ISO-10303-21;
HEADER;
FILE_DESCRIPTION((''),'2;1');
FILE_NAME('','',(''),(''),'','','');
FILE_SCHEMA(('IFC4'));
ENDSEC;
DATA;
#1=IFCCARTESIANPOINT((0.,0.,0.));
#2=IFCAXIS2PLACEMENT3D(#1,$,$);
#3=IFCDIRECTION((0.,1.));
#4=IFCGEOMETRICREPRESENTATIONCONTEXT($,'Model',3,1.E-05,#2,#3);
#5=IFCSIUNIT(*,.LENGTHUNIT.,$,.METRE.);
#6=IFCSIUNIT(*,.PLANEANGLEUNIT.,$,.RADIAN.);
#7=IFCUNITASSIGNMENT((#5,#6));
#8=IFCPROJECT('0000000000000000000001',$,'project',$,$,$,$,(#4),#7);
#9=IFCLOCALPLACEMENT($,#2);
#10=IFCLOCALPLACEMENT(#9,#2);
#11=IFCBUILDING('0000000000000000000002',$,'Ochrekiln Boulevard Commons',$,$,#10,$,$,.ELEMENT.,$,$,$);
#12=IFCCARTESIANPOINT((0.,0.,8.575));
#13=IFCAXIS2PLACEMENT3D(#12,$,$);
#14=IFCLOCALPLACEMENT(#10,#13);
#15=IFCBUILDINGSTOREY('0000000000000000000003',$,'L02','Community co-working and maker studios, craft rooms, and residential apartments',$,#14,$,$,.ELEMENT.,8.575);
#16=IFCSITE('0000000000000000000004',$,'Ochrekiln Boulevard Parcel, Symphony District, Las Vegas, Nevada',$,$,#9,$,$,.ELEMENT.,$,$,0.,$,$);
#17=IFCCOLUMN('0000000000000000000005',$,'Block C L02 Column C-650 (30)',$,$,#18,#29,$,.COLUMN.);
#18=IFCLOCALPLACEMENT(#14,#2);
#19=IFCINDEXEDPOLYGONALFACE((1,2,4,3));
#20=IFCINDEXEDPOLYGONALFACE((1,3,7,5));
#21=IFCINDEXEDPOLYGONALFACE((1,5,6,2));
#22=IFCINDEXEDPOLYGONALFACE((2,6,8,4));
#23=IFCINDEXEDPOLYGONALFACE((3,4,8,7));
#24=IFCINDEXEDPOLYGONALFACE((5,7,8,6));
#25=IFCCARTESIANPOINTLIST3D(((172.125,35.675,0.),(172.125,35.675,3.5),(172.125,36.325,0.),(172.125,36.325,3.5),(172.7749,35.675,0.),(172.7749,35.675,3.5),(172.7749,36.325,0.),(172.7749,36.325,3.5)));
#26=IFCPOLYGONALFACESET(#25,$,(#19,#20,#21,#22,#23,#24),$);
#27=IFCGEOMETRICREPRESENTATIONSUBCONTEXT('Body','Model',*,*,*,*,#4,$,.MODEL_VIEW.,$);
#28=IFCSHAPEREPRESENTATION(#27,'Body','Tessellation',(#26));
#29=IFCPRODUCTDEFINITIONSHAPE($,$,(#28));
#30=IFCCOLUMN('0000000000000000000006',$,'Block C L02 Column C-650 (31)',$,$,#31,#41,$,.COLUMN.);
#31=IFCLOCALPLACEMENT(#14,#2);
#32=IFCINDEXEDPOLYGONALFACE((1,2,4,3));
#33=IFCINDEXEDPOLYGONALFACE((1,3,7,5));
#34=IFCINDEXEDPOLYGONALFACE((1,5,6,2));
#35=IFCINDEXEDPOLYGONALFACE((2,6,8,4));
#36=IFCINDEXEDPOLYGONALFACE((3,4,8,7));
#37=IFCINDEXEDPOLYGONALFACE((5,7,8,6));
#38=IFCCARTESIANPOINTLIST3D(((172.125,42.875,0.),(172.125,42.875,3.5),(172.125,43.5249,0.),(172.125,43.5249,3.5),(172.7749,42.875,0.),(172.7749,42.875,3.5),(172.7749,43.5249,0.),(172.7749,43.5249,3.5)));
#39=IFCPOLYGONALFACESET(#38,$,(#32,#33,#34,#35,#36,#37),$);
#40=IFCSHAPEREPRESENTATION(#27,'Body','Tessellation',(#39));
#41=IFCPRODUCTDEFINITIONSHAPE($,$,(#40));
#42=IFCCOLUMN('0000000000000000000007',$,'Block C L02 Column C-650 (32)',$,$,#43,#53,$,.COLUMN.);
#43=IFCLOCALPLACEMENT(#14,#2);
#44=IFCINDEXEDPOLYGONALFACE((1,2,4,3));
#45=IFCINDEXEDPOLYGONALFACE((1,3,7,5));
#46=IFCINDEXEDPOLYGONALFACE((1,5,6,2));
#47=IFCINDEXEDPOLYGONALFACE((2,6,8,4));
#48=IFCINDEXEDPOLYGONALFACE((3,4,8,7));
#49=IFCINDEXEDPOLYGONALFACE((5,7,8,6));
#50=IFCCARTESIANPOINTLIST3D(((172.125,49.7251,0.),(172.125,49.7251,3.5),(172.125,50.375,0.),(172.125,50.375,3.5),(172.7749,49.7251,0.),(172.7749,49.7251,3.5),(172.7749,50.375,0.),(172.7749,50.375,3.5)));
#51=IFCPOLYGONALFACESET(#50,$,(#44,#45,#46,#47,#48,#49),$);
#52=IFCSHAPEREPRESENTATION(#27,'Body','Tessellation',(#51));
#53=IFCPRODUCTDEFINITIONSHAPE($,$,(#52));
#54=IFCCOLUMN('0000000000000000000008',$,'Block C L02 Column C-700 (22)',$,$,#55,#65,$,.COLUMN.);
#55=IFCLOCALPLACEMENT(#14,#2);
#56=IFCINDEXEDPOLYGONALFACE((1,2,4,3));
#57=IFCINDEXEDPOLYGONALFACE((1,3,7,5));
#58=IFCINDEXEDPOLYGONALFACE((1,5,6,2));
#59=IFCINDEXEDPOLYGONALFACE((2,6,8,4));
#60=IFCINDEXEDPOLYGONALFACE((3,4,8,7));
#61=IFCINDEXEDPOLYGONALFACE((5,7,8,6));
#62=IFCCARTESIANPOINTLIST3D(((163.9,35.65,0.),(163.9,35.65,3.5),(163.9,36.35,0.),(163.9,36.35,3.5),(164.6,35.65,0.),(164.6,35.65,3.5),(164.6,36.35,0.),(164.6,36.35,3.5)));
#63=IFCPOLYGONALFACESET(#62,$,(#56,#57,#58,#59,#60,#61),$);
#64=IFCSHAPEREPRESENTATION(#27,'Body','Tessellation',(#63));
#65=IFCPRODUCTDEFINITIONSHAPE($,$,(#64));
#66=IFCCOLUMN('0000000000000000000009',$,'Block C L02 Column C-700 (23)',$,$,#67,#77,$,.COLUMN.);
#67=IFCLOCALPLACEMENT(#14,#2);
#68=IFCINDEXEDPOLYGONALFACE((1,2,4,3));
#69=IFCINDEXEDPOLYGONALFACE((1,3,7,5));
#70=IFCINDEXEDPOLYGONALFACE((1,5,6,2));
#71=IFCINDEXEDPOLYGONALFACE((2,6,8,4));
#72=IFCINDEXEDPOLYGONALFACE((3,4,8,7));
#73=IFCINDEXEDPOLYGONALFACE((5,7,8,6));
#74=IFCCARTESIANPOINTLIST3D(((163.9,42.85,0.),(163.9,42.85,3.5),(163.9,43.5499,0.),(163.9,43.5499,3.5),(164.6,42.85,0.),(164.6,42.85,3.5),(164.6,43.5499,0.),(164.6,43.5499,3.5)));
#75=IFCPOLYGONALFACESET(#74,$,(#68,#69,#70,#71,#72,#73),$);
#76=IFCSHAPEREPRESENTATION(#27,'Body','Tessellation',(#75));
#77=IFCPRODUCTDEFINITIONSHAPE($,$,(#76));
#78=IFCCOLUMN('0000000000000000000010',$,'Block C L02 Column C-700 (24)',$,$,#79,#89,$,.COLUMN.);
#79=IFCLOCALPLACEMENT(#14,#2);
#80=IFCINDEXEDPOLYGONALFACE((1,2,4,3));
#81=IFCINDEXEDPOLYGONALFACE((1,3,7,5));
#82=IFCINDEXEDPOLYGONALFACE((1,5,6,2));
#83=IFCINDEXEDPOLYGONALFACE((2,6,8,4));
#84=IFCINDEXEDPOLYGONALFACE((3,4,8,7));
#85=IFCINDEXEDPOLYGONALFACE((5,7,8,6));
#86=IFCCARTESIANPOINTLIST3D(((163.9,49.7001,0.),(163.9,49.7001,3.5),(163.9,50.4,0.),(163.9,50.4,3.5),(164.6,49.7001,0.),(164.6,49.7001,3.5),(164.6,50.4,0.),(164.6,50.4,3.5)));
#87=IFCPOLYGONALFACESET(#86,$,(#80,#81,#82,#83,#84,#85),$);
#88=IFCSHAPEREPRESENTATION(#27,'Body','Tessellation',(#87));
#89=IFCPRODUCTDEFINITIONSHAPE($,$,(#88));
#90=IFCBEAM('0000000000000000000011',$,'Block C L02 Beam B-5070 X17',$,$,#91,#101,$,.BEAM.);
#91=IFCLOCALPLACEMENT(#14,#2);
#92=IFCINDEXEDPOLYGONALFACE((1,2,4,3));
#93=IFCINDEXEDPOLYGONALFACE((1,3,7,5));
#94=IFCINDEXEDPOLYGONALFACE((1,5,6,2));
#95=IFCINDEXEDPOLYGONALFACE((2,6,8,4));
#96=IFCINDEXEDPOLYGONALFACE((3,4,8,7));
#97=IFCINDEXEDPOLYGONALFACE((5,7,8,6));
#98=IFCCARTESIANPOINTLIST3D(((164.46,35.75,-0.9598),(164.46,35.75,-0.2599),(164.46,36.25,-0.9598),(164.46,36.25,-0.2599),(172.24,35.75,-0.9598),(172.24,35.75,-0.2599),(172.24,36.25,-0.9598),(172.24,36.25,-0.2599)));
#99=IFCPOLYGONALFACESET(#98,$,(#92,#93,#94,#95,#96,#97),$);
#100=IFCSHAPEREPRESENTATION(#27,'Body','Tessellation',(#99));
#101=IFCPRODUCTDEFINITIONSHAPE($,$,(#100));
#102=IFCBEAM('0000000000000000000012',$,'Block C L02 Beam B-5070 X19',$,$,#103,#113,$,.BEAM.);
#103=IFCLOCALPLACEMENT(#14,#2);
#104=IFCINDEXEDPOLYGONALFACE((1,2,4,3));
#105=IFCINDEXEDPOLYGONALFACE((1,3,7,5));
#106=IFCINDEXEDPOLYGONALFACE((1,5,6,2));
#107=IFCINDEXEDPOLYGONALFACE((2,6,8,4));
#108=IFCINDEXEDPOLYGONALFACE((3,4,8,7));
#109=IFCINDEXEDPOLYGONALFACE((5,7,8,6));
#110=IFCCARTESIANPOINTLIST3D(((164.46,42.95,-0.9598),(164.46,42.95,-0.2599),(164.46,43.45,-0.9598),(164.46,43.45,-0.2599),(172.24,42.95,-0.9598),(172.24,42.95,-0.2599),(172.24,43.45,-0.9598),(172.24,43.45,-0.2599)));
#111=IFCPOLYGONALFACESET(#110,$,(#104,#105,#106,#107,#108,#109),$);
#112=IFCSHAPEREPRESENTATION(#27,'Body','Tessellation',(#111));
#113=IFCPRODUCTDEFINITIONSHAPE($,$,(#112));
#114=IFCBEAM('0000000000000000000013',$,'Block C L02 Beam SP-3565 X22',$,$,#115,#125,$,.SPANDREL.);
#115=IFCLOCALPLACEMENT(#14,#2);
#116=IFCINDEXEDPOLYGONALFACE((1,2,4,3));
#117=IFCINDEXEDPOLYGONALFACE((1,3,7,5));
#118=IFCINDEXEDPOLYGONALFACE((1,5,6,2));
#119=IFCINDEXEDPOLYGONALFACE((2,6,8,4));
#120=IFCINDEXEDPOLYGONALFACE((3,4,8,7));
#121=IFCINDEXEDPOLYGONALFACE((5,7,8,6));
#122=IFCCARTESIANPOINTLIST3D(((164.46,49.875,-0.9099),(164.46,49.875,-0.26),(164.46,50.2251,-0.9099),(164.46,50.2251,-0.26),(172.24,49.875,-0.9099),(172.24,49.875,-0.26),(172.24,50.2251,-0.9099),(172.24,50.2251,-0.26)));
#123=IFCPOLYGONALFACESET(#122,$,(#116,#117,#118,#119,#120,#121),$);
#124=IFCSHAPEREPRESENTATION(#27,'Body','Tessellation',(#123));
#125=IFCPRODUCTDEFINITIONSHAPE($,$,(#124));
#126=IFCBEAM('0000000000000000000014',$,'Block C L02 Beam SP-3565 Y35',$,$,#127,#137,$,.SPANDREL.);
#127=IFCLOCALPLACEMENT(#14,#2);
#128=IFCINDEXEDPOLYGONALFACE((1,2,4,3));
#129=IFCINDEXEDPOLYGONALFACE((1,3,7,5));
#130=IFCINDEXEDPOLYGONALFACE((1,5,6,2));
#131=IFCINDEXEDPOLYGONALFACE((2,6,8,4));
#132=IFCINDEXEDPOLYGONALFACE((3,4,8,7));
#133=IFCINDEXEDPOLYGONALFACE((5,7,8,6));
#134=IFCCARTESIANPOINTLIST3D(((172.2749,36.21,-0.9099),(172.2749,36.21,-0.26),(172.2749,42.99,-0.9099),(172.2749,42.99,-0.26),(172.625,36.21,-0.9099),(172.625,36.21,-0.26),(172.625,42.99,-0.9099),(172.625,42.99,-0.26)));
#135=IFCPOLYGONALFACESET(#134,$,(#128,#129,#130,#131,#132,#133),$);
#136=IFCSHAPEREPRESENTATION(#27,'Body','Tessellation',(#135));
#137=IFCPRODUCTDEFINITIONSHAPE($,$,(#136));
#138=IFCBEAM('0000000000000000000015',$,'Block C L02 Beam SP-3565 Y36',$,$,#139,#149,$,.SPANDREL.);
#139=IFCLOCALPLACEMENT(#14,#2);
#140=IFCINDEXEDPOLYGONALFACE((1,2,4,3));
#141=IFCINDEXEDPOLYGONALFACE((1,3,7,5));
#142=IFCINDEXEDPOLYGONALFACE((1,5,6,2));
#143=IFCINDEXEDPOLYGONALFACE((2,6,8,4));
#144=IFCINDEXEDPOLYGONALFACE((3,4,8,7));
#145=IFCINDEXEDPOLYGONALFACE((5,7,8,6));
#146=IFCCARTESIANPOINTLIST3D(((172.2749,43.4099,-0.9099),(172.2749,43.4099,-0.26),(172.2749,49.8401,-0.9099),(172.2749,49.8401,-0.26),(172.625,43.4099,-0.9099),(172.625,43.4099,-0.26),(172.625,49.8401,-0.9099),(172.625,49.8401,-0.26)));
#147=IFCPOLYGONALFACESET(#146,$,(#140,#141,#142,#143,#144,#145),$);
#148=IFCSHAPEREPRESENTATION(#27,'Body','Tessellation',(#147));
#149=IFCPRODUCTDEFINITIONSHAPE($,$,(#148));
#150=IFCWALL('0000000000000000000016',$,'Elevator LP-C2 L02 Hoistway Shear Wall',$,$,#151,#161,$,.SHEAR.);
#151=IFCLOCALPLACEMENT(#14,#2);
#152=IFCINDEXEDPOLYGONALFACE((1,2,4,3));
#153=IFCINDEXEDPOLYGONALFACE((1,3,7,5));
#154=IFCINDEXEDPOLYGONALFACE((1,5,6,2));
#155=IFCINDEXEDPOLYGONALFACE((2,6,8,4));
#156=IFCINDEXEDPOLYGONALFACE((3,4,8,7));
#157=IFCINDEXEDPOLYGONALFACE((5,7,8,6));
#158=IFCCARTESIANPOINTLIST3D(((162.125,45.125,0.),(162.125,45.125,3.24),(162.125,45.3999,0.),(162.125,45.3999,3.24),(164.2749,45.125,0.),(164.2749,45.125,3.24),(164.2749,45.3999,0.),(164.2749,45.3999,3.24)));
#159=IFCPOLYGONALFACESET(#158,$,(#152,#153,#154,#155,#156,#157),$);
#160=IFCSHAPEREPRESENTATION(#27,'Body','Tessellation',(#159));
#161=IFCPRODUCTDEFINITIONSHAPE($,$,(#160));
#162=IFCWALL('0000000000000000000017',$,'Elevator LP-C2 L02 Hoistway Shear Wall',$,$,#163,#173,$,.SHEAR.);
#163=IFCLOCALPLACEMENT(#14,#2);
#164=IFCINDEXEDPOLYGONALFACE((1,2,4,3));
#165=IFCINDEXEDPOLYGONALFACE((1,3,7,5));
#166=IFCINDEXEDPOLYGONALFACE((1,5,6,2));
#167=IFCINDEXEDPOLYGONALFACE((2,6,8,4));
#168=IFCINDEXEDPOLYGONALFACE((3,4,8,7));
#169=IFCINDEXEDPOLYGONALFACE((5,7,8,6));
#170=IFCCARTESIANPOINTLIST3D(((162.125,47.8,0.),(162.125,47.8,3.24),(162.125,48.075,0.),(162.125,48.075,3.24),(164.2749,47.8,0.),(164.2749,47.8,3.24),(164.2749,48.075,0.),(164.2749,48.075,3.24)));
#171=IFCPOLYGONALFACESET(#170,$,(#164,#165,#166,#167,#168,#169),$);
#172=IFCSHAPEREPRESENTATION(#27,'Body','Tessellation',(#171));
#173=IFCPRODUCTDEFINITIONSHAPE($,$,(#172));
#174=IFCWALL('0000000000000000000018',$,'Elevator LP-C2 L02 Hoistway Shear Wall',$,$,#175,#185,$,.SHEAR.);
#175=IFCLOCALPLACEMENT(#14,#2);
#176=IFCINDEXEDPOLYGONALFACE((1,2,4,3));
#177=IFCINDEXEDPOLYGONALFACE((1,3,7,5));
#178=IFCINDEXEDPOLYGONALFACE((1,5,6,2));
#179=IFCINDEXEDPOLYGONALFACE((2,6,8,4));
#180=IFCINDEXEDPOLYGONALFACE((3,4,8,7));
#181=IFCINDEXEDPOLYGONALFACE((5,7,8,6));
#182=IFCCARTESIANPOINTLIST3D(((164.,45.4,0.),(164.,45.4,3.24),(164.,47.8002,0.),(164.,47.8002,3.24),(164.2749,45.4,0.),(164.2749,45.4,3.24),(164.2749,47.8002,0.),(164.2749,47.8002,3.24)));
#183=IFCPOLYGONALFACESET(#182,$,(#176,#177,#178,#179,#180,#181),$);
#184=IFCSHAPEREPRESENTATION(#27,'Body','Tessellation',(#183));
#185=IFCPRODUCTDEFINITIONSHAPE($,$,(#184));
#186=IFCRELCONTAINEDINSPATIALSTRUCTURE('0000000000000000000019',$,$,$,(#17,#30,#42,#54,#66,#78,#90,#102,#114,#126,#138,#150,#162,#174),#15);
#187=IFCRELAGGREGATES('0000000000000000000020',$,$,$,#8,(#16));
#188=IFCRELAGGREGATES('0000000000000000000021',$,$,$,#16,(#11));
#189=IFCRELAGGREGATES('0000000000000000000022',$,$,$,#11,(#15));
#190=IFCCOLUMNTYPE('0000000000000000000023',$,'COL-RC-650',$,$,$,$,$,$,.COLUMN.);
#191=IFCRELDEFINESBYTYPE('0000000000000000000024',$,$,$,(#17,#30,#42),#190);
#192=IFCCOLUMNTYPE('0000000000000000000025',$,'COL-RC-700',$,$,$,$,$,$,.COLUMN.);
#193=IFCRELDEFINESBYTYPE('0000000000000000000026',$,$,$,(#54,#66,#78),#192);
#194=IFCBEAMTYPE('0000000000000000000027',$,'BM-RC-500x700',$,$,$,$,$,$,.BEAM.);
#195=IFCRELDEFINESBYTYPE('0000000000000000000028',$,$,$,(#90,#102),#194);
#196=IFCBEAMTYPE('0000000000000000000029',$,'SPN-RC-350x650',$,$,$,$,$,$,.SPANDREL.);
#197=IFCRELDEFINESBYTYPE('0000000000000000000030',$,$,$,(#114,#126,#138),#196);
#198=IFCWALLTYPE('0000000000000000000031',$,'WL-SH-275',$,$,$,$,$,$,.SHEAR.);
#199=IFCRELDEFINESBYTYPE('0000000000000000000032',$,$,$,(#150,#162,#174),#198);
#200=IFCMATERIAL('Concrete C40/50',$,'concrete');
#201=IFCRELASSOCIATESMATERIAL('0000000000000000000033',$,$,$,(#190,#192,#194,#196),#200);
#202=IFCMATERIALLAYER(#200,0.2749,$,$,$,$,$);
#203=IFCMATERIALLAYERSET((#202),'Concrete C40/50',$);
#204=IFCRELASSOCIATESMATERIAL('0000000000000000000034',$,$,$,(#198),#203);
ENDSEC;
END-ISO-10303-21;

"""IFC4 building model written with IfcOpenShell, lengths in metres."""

from ifc_helpers import new_model, si_unit, direction, frame, frame_2d, origin, origin_2d, place, context, subcontext, project, spatial, rectangle, extrude, material, layer, layer_set, material_profile, profile_set, type_object, element, save


model = new_model("IFC4")

# Units and contexts
model_context = context("Model", 3, precision=1e-05, world=origin(), true_north=direction((0.0, 1.0)))
body_context = subcontext(model_context, "Body", "Model", "MODEL_VIEW")
ifc_project = project(units=[si_unit("LENGTHUNIT", "METRE"), si_unit("PLANEANGLEUNIT", "RADIAN")], contexts=[model_context])

# Site, building, storey
site_placement = place(None, origin())
site = spatial("IfcSite", under=ifc_project, at=site_placement, Name="Ochrekiln Boulevard Parcel, Symphony District, Las Vegas, Nevada", CompositionType="ELEMENT", RefElevation=0.0)
building_placement = place(site_placement, origin())
building = spatial("IfcBuilding", under=site, at=building_placement, Name="Ochrekiln Boulevard Commons", CompositionType="ELEMENT")
storey_placement = place(building_placement, frame((0.0, 0.0, 8.575)))
storey = spatial("IfcBuildingStorey", under=building, at=storey_placement, Name="L02", Description="Community co-working and maker studios, craft rooms, and residential apartments", CompositionType="ELEMENT", Elevation=8.575)

# Columns
ifc_material_1 = material(Name="Concrete C40/50", Category="concrete")
ifc_material_profile_1 = material_profile(ifc_material_1, rectangle(XDim=0.6499, YDim=0.6499, at=origin_2d()), Name="RC-COL-650x650")
ifc_profile_set_1 = profile_set([ifc_material_profile_1], Name="Concrete C40/50")
column_type_1 = type_object("IfcColumnType", Name="COL-RC-650", PredefinedType="COLUMN", material=ifc_profile_set_1)
for number, where, z_axis, x_axis, name in (
    (1, (172.45, 36.0, 0.0), (0.0, 0.0, 1.0), (1.0, 0.0, 0.0), "Block C L02 Column C-650 (30)"),
    (2, (172.45, 43.2, 0.0), (0.0, 0.0, 1.0), (1.0, 0.0, 0.0), "Block C L02 Column C-650 (31)"),
    (3, (172.45, 50.05, 0.0), (0.0, 0.0, 1.0), (1.0, 0.0, 0.0), "Block C L02 Column C-650 (32)"),
):
    element("IfcColumn", number, at=place(storey_placement, frame(where, z_axis=z_axis, x_axis=x_axis)), inside=storey, type_object=column_type_1, Name=name, PredefinedType="COLUMN", context=body_context, shape_type="SweptSolid", body=[
        extrude(rectangle(XDim=0.6499, YDim=0.6499, at=origin_2d()), origin(), (0.0, 0.0, 1.0), 3.5),
    ])
ifc_material_profile_2 = material_profile(ifc_material_1, rectangle(XDim=0.7, YDim=0.7, at=origin_2d()), Name="RC-COL-700x700")
ifc_profile_set_2 = profile_set([ifc_material_profile_2], Name="Concrete C40/50")
column_type_2 = type_object("IfcColumnType", Name="COL-RC-700", PredefinedType="COLUMN", material=ifc_profile_set_2)
for number, where, z_axis, x_axis, name in (
    (4, (164.25, 36.0, 0.0), (0.0, 0.0, 1.0), (1.0, 0.0, 0.0), "Block C L02 Column C-700 (22)"),
    (5, (164.25, 43.2, 0.0), (0.0, 0.0, 1.0), (1.0, 0.0, 0.0), "Block C L02 Column C-700 (23)"),
    (6, (164.25, 50.05, 0.0), (0.0, 0.0, 1.0), (1.0, 0.0, 0.0), "Block C L02 Column C-700 (24)"),
):
    element("IfcColumn", number, at=place(storey_placement, frame(where, z_axis=z_axis, x_axis=x_axis)), inside=storey, type_object=column_type_2, Name=name, PredefinedType="COLUMN", context=body_context, shape_type="SweptSolid", body=[
        extrude(rectangle(XDim=0.7, YDim=0.7, at=origin_2d()), origin(), (0.0, 0.0, 1.0), 3.5),
    ])

# Beams
ifc_material_profile_3 = material_profile(ifc_material_1, rectangle(XDim=0.5, YDim=0.7, at=origin_2d()), Name="RC-BM-500x700")
ifc_profile_set_3 = profile_set([ifc_material_profile_3], Name="Concrete C40/50")
beam_type_1 = type_object("IfcBeamType", Name="BM-RC-500x700", PredefinedType="BEAM", material=ifc_profile_set_3)
for number, where, z_axis, x_axis, name in (
    (7, (164.46, 36.0, -0.6099), (1.0, 0.0, 0.0), (0.0, 1.0, 0.0), "Block C L02 Beam B-5070 X17"),
    (8, (164.46, 43.2, -0.6099), (1.0, 0.0, 0.0), (0.0, 1.0, 0.0), "Block C L02 Beam B-5070 X19"),
):
    element("IfcBeam", number, at=place(storey_placement, frame(where, z_axis=z_axis, x_axis=x_axis)), inside=storey, type_object=beam_type_1, Name=name, PredefinedType="BEAM", context=body_context, shape_type="SweptSolid", body=[
        extrude(rectangle(XDim=0.5, YDim=0.7, at=origin_2d()), origin(), (0.0, 0.0, 1.0), 7.78),
    ])
ifc_material_profile_4 = material_profile(ifc_material_1, rectangle(XDim=0.3501, YDim=0.6499, at=origin_2d()), Name="RC-SPN-350x650")
ifc_profile_set_4 = profile_set([ifc_material_profile_4], Name="Concrete C40/50")
beam_type_2 = type_object("IfcBeamType", Name="SPN-RC-350x650", PredefinedType="SPANDREL", material=ifc_profile_set_4)
beam_1_placement = place(storey_placement, frame((164.46, 50.05, -0.585), z_axis=(1.0, 0.0, 0.0), x_axis=(0.0, 1.0, 0.0)))
element("IfcBeam", 9, at=beam_1_placement, inside=storey, type_object=beam_type_2, Name="Block C L02 Beam SP-3565 X22", PredefinedType="SPANDREL", context=body_context, shape_type="SweptSolid", body=[
    extrude(rectangle(XDim=0.3501, YDim=0.6499, at=origin_2d()), origin(), (0.0, 0.0, 1.0), 7.78),
])
beam_2_placement = place(storey_placement, frame((172.45, 36.21, -0.585), z_axis=(0.0, 1.0, 0.0), x_axis=(-1.0, 0.0, 0.0)))
element("IfcBeam", 10, at=beam_2_placement, inside=storey, type_object=beam_type_2, Name="Block C L02 Beam SP-3565 Y35", PredefinedType="SPANDREL", context=body_context, shape_type="SweptSolid", body=[
    extrude(rectangle(XDim=0.3501, YDim=0.6499, at=origin_2d()), origin(), (0.0, 0.0, 1.0), 6.78),
])
beam_3_placement = place(storey_placement, frame((172.45, 43.4099, -0.585), z_axis=(0.0, 1.0, 0.0), x_axis=(-1.0, 0.0, 0.0)))
element("IfcBeam", 11, at=beam_3_placement, inside=storey, type_object=beam_type_2, Name="Block C L02 Beam SP-3565 Y36", PredefinedType="SPANDREL", context=body_context, shape_type="SweptSolid", body=[
    extrude(rectangle(XDim=0.3501, YDim=0.6499, at=origin_2d()), origin(), (0.0, 0.0, 1.0), 6.4302),
])

# Walls
ifc_layer_1 = layer(ifc_material_1, 0.2749)
ifc_layer_set_1 = layer_set([ifc_layer_1], Name="Concrete C40/50")
wall_type_1 = type_object("IfcWallType", Name="WL-SH-275", PredefinedType="SHEAR", material=ifc_layer_set_1)
for number, where, z_axis, x_axis, name in (
    (12, (162.125, 45.2625, 0.0), (0.0, 0.0, 1.0), (1.0, 0.0, 0.0), "Elevator LP-C2 L02 Hoistway Shear Wall"),
    (13, (162.125, 47.9375, 0.0), (0.0, 0.0, 1.0), (1.0, 0.0, 0.0), "Elevator LP-C2 L02 Hoistway Shear Wall"),
):
    element("IfcWall", number, at=place(storey_placement, frame(where, z_axis=z_axis, x_axis=x_axis)), inside=storey, type_object=wall_type_1, Name=name, PredefinedType="SHEAR", context=body_context, shape_type="SweptSolid", body=[
        extrude(rectangle(XDim=2.1499, YDim=0.2749, at=frame_2d((1.075, 0.0))), origin(), (0.0, 0.0, 1.0), 3.24),
    ])

# Wall
wall_1_placement = place(storey_placement, frame((164.1375, 45.3999, 0.0), z_axis=(0.0, 0.0, 1.0), x_axis=(0.0, 1.0, 0.0)))
element("IfcWall", 14, at=wall_1_placement, inside=storey, type_object=wall_type_1, Name="Elevator LP-C2 L02 Hoistway Shear Wall", PredefinedType="SHEAR", context=body_context, shape_type="SweptSolid", body=[
    extrude(rectangle(XDim=2.4001, YDim=0.2749, at=frame_2d((1.2002, 0.0))), origin(), (0.0, 0.0, 1.0), 3.24),
])

save(model, "model.ifc")
